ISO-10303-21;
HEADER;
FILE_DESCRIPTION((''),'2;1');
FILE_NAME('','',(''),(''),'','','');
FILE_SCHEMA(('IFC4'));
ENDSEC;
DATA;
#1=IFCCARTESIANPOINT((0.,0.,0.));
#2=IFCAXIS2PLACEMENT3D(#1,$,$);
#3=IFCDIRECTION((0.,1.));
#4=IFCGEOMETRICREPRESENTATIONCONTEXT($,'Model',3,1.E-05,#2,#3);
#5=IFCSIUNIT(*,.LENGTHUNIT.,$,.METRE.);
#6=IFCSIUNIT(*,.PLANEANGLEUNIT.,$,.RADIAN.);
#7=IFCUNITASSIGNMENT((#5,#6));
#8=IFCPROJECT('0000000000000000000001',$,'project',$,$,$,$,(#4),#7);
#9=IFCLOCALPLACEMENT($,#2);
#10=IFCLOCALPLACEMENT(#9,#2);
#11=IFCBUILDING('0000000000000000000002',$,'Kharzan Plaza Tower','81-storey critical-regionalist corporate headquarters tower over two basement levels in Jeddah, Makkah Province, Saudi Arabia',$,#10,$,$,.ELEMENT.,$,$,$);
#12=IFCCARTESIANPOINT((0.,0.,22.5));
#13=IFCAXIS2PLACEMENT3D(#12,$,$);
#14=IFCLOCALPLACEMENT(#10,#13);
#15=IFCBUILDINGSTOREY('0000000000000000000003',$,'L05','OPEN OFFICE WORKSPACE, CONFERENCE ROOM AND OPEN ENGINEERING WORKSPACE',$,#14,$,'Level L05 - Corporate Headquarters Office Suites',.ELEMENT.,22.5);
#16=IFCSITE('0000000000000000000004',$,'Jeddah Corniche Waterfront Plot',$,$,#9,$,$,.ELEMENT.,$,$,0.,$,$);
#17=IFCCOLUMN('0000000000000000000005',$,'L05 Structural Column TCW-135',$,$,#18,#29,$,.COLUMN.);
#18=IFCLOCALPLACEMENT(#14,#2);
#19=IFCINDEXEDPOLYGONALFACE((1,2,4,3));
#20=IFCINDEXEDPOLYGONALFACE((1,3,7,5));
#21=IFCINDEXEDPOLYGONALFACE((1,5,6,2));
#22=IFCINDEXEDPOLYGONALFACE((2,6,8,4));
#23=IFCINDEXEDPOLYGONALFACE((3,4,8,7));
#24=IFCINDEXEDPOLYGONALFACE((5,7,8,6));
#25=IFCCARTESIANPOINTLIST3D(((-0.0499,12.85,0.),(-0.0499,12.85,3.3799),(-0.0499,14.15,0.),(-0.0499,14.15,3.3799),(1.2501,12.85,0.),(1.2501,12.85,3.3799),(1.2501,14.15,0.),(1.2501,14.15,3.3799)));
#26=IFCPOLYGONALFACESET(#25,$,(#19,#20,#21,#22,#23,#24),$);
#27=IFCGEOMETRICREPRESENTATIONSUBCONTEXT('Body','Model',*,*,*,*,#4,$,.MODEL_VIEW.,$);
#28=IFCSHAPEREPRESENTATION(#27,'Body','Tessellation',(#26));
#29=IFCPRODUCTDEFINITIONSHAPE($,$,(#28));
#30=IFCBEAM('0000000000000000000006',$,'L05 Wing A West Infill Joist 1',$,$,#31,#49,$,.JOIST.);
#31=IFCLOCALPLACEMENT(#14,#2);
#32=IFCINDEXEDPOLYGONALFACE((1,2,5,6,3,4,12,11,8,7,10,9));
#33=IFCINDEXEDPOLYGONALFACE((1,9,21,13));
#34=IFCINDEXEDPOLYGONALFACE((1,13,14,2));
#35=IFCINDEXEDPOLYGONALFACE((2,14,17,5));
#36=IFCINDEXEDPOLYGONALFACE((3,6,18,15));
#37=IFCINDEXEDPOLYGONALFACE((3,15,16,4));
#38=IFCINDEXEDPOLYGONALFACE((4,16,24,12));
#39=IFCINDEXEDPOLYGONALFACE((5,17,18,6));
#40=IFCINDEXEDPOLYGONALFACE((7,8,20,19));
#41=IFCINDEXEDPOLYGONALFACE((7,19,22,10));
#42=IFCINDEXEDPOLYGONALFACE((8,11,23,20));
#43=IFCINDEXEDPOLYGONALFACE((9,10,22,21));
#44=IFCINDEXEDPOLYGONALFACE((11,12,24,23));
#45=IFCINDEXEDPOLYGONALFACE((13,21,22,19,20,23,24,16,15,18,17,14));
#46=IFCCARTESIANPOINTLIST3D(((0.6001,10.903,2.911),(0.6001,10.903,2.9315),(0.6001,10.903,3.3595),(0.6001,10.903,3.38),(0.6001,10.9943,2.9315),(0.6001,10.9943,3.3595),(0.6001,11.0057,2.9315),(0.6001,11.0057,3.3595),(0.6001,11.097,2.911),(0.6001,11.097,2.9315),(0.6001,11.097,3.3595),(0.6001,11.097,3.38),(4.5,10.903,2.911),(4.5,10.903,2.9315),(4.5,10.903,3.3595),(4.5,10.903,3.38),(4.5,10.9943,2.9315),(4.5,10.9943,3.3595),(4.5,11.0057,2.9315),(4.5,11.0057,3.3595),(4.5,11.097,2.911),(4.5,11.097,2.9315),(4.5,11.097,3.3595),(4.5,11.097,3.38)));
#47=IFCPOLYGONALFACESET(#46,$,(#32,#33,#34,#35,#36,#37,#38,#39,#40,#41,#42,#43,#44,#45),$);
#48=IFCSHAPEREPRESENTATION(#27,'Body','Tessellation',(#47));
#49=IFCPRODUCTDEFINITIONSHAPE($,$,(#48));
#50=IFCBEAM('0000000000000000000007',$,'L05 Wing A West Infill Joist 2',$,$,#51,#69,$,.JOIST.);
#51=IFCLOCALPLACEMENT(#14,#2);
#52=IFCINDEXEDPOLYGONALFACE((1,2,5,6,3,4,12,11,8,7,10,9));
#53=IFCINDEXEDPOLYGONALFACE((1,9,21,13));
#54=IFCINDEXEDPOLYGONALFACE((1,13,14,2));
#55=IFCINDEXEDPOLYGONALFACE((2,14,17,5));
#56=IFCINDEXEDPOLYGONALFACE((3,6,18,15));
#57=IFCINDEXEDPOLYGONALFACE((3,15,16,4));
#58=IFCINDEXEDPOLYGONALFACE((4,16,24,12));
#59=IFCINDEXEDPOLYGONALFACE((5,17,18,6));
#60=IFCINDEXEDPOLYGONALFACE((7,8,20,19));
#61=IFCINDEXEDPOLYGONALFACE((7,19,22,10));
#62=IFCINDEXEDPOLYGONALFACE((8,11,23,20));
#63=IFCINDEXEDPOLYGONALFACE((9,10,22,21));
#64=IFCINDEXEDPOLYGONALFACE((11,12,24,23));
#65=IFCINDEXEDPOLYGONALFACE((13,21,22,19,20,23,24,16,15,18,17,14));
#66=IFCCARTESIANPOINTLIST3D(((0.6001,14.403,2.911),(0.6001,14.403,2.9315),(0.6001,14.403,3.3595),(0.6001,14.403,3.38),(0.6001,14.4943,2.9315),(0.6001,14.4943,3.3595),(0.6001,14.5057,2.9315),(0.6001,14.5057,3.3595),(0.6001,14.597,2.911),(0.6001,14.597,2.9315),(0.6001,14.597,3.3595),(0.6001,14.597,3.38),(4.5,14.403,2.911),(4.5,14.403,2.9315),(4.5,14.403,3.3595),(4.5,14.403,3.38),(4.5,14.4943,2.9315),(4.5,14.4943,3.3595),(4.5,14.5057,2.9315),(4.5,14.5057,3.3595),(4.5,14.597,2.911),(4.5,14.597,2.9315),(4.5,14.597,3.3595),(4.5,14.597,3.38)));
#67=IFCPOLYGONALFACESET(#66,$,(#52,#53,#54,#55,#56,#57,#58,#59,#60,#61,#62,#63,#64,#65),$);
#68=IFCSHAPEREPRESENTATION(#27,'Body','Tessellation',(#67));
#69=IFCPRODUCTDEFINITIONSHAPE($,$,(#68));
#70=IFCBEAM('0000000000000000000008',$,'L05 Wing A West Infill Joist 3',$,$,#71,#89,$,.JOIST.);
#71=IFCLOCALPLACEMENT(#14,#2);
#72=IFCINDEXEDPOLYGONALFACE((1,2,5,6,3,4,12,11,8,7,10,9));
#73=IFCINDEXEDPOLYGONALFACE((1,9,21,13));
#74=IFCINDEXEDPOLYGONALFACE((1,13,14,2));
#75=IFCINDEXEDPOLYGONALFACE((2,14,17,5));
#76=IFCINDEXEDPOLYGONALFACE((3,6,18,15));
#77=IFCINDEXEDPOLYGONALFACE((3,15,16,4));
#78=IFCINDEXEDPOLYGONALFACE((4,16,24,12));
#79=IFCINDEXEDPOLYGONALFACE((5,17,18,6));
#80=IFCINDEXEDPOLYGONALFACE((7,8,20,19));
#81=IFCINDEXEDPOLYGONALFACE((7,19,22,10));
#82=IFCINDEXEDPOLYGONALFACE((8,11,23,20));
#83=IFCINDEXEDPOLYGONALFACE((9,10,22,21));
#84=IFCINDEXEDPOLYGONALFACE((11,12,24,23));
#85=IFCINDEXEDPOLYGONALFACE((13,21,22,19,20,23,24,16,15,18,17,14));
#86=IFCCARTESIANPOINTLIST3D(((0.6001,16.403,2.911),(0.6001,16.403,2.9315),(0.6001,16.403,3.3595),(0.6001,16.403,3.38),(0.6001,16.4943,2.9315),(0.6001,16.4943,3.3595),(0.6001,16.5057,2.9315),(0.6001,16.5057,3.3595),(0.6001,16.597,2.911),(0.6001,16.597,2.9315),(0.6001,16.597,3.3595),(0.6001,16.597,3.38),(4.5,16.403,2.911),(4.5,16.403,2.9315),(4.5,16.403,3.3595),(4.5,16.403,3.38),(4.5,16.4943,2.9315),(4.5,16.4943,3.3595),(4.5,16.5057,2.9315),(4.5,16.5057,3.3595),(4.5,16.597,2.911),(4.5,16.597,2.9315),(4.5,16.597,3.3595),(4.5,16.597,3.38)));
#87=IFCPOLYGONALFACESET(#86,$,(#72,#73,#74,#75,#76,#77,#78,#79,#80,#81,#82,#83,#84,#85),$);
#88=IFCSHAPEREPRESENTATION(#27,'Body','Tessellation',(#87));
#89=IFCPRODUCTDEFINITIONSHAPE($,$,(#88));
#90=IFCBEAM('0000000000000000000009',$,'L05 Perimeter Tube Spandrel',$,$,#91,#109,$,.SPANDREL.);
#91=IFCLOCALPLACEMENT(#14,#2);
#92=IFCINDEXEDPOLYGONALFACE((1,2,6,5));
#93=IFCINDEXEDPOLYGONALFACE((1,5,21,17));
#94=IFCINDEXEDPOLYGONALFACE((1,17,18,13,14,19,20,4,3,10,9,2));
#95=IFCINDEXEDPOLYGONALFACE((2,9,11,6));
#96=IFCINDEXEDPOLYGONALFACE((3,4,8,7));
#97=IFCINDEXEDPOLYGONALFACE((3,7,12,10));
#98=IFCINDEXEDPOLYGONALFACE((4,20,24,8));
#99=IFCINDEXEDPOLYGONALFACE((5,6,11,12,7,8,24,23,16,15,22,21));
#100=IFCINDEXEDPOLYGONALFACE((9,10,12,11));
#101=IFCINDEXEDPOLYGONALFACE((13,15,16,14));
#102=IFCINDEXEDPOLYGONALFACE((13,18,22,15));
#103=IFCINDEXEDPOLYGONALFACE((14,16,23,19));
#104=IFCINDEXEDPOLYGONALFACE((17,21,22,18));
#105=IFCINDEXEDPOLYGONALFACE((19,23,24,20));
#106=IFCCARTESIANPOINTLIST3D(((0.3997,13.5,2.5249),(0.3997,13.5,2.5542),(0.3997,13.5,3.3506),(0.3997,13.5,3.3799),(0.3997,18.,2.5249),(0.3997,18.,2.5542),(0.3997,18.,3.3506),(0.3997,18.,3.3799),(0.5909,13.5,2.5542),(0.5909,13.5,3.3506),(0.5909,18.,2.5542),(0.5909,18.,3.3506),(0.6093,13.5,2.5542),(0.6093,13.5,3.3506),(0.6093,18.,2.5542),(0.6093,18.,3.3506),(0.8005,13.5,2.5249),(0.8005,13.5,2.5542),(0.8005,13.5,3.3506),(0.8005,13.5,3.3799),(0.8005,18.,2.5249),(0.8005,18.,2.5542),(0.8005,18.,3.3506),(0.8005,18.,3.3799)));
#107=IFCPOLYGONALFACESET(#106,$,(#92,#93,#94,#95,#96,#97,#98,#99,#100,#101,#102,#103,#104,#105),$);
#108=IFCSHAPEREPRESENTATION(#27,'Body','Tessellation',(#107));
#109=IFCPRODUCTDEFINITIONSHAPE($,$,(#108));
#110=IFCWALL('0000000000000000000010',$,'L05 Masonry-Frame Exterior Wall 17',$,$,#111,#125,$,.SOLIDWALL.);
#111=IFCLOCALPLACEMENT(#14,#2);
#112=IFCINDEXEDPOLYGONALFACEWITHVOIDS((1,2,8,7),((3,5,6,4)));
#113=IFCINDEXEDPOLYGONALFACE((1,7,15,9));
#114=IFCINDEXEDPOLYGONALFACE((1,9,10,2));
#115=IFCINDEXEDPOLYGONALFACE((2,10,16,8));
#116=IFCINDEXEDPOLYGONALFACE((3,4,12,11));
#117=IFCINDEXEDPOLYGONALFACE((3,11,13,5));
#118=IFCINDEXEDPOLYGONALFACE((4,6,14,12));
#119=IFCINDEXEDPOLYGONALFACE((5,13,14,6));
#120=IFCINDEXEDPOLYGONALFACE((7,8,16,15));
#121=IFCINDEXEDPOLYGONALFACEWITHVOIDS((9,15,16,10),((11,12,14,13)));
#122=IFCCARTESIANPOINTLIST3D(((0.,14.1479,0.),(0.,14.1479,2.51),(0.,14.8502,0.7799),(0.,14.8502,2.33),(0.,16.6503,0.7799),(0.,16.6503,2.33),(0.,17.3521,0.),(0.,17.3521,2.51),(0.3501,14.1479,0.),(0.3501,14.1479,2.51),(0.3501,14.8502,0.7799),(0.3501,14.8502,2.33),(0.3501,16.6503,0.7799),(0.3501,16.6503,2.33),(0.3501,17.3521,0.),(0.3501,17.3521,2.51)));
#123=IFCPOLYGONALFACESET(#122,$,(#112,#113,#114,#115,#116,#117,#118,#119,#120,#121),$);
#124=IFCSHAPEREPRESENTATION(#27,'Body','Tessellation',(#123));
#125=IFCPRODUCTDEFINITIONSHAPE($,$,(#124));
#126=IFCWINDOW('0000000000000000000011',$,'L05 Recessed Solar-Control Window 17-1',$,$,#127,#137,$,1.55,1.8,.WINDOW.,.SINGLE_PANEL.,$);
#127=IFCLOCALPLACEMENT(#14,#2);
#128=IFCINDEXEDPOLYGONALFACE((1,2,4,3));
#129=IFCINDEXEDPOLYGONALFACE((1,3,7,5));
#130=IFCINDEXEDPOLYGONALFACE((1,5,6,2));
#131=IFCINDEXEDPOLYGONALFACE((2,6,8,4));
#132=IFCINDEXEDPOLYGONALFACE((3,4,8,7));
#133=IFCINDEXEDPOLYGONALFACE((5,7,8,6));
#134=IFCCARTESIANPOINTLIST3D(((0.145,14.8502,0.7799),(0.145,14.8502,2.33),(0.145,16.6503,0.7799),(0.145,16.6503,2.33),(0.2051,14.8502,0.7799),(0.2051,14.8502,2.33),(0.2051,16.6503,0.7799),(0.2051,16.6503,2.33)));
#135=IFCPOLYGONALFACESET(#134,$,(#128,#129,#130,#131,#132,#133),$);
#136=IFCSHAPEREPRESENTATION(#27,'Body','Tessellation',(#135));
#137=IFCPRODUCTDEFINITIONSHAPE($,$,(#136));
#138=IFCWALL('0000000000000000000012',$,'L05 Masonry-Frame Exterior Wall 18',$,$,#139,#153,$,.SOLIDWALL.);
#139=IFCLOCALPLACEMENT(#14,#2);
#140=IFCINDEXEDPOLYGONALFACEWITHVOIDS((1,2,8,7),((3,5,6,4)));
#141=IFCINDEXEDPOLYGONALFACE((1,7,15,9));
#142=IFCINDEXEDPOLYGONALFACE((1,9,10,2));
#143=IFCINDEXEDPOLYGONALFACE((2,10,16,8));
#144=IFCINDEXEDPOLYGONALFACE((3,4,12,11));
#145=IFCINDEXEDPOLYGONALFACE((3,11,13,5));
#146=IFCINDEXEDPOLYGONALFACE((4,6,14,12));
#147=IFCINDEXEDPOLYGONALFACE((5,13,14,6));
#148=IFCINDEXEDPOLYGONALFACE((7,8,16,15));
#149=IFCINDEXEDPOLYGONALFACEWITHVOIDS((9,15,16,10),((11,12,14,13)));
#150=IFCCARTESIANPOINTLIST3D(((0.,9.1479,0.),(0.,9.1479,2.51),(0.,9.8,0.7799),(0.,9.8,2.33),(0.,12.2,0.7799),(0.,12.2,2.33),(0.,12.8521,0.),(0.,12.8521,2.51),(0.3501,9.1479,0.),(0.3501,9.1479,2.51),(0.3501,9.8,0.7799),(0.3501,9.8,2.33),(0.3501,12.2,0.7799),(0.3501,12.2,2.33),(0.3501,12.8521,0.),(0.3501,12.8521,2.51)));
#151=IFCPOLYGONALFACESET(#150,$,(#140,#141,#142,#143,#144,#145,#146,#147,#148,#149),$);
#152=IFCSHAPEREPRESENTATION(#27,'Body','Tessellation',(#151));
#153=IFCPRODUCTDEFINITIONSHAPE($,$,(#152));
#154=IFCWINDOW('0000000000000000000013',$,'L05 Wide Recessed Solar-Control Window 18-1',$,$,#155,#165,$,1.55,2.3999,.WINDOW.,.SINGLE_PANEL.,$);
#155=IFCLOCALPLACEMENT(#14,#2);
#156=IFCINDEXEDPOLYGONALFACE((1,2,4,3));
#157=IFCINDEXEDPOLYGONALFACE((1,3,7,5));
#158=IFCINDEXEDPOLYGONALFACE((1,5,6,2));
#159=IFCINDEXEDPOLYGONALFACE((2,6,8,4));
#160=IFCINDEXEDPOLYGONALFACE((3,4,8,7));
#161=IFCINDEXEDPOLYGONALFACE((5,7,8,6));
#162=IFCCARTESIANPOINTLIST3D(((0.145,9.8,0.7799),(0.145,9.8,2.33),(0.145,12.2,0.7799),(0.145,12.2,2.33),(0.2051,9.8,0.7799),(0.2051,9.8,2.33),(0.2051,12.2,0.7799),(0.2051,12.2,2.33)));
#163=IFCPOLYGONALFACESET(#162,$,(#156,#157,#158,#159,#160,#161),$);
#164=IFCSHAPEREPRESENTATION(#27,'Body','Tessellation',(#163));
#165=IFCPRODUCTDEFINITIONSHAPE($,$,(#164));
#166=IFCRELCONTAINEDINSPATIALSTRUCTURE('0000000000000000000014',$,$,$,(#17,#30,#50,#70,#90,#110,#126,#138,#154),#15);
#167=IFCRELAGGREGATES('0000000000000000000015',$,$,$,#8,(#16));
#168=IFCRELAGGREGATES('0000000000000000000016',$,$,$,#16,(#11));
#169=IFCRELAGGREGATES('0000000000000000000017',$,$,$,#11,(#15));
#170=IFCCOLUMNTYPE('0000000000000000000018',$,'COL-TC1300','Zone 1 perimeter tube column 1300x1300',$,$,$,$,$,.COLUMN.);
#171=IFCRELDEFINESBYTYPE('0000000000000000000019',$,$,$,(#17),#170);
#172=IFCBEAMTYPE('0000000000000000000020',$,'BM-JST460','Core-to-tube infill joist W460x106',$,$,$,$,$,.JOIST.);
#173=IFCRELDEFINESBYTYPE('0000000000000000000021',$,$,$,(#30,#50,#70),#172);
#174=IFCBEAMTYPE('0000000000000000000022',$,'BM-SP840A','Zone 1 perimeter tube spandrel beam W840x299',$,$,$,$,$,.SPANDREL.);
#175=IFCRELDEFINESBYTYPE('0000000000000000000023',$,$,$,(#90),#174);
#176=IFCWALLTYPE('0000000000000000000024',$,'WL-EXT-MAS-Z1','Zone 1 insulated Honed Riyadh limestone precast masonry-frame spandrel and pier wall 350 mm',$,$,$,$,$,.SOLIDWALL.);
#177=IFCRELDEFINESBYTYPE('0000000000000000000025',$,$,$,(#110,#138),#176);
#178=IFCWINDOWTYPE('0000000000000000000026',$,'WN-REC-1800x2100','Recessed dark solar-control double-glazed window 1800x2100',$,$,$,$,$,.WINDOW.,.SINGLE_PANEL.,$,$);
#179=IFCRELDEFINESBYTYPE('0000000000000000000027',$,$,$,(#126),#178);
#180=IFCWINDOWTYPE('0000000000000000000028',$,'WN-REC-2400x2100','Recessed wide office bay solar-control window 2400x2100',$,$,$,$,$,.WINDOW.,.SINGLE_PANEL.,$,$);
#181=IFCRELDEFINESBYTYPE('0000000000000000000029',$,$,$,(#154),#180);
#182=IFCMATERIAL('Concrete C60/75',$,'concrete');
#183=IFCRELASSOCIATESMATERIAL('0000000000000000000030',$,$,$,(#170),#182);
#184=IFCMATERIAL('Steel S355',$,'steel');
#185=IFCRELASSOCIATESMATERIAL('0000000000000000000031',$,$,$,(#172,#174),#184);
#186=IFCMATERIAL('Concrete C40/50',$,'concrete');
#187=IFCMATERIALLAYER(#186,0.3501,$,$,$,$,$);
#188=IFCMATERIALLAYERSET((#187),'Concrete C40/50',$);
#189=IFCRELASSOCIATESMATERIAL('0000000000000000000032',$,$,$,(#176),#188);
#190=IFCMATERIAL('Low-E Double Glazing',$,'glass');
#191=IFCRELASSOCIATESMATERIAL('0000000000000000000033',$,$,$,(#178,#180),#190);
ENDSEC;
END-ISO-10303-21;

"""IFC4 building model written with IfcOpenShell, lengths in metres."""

from ifc_helpers import new_model, si_unit, direction, frame, frame_2d, origin, origin_2d, place, context, subcontext, project, spatial, rectangle, i_section, extrude, source, transform, mapped, material, layer, layer_set, material_profile, profile_set, type_object, element, fill, save


model = new_model("IFC4")

# Units and contexts
model_context = context("Model", 3, precision=1e-05, world=origin(), true_north=direction((0.0, 1.0)))
body_context = subcontext(model_context, "Body", "Model", "MODEL_VIEW")
ifc_project = project(units=[si_unit("LENGTHUNIT", "METRE"), si_unit("PLANEANGLEUNIT", "RADIAN")], contexts=[model_context])

# Site, building, storey
site_placement = place(None, origin())
site = spatial("IfcSite", under=ifc_project, at=site_placement, Name="Jeddah Corniche Waterfront Plot", CompositionType="ELEMENT", RefElevation=0.0)
building_placement = place(site_placement, origin())
building = spatial("IfcBuilding", under=site, at=building_placement, Name="Kharzan Plaza Tower", Description="81-storey critical-regionalist corporate headquarters tower over two basement levels in Jeddah, Makkah Province, Saudi Arabia", CompositionType="ELEMENT")
storey_placement = place(building_placement, frame((0.0, 0.0, 22.5)))
storey = spatial("IfcBuildingStorey", under=building, at=storey_placement, Name="L05", Description="OPEN OFFICE WORKSPACE, CONFERENCE ROOM AND OPEN ENGINEERING WORKSPACE", LongName="Level L05 - Corporate Headquarters Office Suites", CompositionType="ELEMENT", Elevation=22.5)

# Column
ifc_material_1 = material(Name="Concrete C60/75", Category="concrete")
ifc_material_profile_1 = material_profile(ifc_material_1, rectangle(XDim=1.3, YDim=1.3, at=origin_2d()), Name="RC-TC1300x1300")
ifc_profile_set_1 = profile_set([ifc_material_profile_1], Name="Concrete C60/75")
column_type = type_object("IfcColumnType", Name="COL-TC1300", Description="Zone 1 perimeter tube column 1300x1300", PredefinedType="COLUMN", material=ifc_profile_set_1)
shared_shape_1 = source(origin(), body_context, "Body", "SweptSolid", [
    extrude(rectangle(XDim=1.3, YDim=1.3, at=origin_2d()), origin(), (0.0, 0.0, 1.0), 3.3799),
])
column_placement = place(storey_placement, frame((0.6001, 13.5, 0.0), z_axis=(0.0, 0.0, 1.0), x_axis=(1.0, 0.0, 0.0)))
element("IfcColumn", 1, at=column_placement, inside=storey, type_object=column_type, Name="L05 Structural Column TCW-135", PredefinedType="COLUMN", context=body_context, shape_type="MappedRepresentation", body=[
    mapped(shared_shape_1, transform((0.0, 0.0, 0.0), x_axis=(1.0, 0.0, 0.0), y_axis=(0.0, 1.0, 0.0), z_axis=(0.0, 0.0, 1.0))),
])

# Beams
ifc_material_2 = material(Name="Steel S355", Category="steel")
ifc_material_profile_2 = material_profile(ifc_material_2, i_section(OverallWidth=0.1941, OverallDepth=0.469, WebThickness=0.0115, FlangeThickness=0.0205, at=origin_2d()), Name="W460x106")
ifc_profile_set_2 = profile_set([ifc_material_profile_2], Name="Steel S355")
beam_type_1 = type_object("IfcBeamType", Name="BM-JST460", Description="Core-to-tube infill joist W460x106", PredefinedType="JOIST", material=ifc_profile_set_2)
shared_shape_2 = source(origin(), body_context, "Body", "SweptSolid", [
    extrude(i_section(OverallWidth=0.1941, OverallDepth=0.469, WebThickness=0.0115, FlangeThickness=0.0205, at=origin_2d()), origin(), (0.0, 0.0, 1.0), 3.8999),
])
for number, where, z_axis, x_axis, name in (
    (2, (0.6001, 11.0, 3.1455), (1.0, 0.0, 0.0), (0.0, 1.0, 0.0), "L05 Wing A West Infill Joist 1"),
    (3, (0.6001, 14.5, 3.1455), (1.0, 0.0, 0.0), (0.0, 1.0, 0.0), "L05 Wing A West Infill Joist 2"),
    (4, (0.6001, 16.5, 3.1455), (1.0, 0.0, 0.0), (0.0, 1.0, 0.0), "L05 Wing A West Infill Joist 3"),
):
    element("IfcBeam", number, at=place(storey_placement, frame(where, z_axis=z_axis, x_axis=x_axis)), inside=storey, type_object=beam_type_1, Name=name, PredefinedType="JOIST", context=body_context, shape_type="MappedRepresentation", body=[
        mapped(shared_shape_2, transform((0.0, 0.0, 0.0), x_axis=(1.0, 0.0, 0.0), y_axis=(0.0, 1.0, 0.0), z_axis=(0.0, 0.0, 1.0))),
    ])
ifc_material_profile_3 = material_profile(ifc_material_2, i_section(OverallWidth=0.4009, OverallDepth=0.855, WebThickness=0.0183, FlangeThickness=0.0293, at=origin_2d()), Name="W840x299")
ifc_profile_set_3 = profile_set([ifc_material_profile_3], Name="Steel S355")
beam_type_2 = type_object("IfcBeamType", Name="BM-SP840A", Description="Zone 1 perimeter tube spandrel beam W840x299", PredefinedType="SPANDREL", material=ifc_profile_set_3)
shared_shape_3 = source(origin(), body_context, "Body", "SweptSolid", [
    extrude(i_section(OverallWidth=0.4009, OverallDepth=0.855, WebThickness=0.0183, FlangeThickness=0.0293, at=origin_2d()), origin(), (0.0, 0.0, 1.0), 4.5),
])
beam_placement = place(storey_placement, frame((0.6001, 13.5, 2.9524), z_axis=(0.0, 1.0, 0.0), x_axis=(-1.0, 0.0, 0.0)))
element("IfcBeam", 5, at=beam_placement, inside=storey, type_object=beam_type_2, Name="L05 Perimeter Tube Spandrel", PredefinedType="SPANDREL", context=body_context, shape_type="MappedRepresentation", body=[
    mapped(shared_shape_3, transform((0.0, 0.0, 0.0), x_axis=(1.0, 0.0, 0.0), y_axis=(0.0, 1.0, 0.0), z_axis=(0.0, 0.0, 1.0))),
])

# Walls, openings, windows
ifc_material_3 = material(Name="Concrete C40/50", Category="concrete")
ifc_layer_1 = layer(ifc_material_3, 0.3501)
ifc_layer_set_1 = layer_set([ifc_layer_1], Name="Concrete C40/50")
wall_type_1 = type_object("IfcWallType", Name="WL-EXT-MAS-Z1", Description="Zone 1 insulated Honed Riyadh limestone precast masonry-frame spandrel and pier wall 350 mm", PredefinedType="SOLIDWALL", material=ifc_layer_set_1)
wall_1_placement = place(storey_placement, frame((0.175, 17.3521, 0.0), z_axis=(0.0, 0.0, 1.0), x_axis=(0.0, -1.0, 0.0)))
wall_1 = element("IfcWall", 6, at=wall_1_placement, inside=storey, type_object=wall_type_1, Name="L05 Masonry-Frame Exterior Wall 17", PredefinedType="SOLIDWALL", context=body_context, shape_type="SweptSolid", body=[
    extrude(rectangle(XDim=3.2041, YDim=0.3501, at=frame_2d((1.6021, 0.0))), origin(), (0.0, 0.0, 1.0), 2.51),
])
opening_1_placement = place(wall_1_placement, frame((0.7019, 0.0, 0.78)))
opening_1 = element("IfcOpeningElement", 7, at=opening_1_placement, cuts=wall_1, PredefinedType="OPENING", context=body_context, shape_type="SweptSolid", body=[
    extrude(rectangle(XDim=1.8, YDim=1.55, at=frame_2d((0.8999, 0.7749))), frame((0.0, 0.1851, 0.0), z_axis=(0.0, -1.0, 0.0), x_axis=(1.0, 0.0, 0.0)), (0.0, 0.0, 1.0), 0.3701),
])
ifc_material_4 = material(Name="Low-E Double Glazing", Category="glass")
window_type_1 = type_object("IfcWindowType", Name="WN-REC-1800x2100", Description="Recessed dark solar-control double-glazed window 1800x2100", PartitioningType="SINGLE_PANEL", PredefinedType="WINDOW", material=ifc_material_4)
shared_shape_4 = source(origin(), body_context, "Body", "SweptSolid", [
    extrude(rectangle(XDim=1.8, YDim=1.55, at=frame_2d((0.8999, 0.7749))), frame((0.0, 0.03, 0.0), z_axis=(0.0, -1.0, 0.0), x_axis=(1.0, 0.0, 0.0)), (0.0, 0.0, 1.0), 0.0601),
])
window_1_placement = place(opening_1_placement, origin())
window_1 = element("IfcWindow", 8, at=window_1_placement, inside=storey, type_object=window_type_1, Name="L05 Recessed Solar-Control Window 17-1", OverallHeight=1.55, OverallWidth=1.8, PartitioningType="SINGLE_PANEL", PredefinedType="WINDOW", context=body_context, shape_type="MappedRepresentation", body=[
    mapped(shared_shape_4, transform((0.0, 0.0, 0.0), x_axis=(1.0, 0.0, 0.0), y_axis=(0.0, 1.0, 0.0), z_axis=(0.0, 0.0, 1.0))),
])
fill(opening_1, window_1)
wall_2_placement = place(storey_placement, frame((0.175, 12.8521, 0.0), z_axis=(0.0, 0.0, 1.0), x_axis=(0.0, -1.0, 0.0)))
wall_2 = element("IfcWall", 9, at=wall_2_placement, inside=storey, type_object=wall_type_1, Name="L05 Masonry-Frame Exterior Wall 18", PredefinedType="SOLIDWALL", context=body_context, shape_type="SweptSolid", body=[
    extrude(rectangle(XDim=3.7041, YDim=0.3501, at=frame_2d((1.8521, 0.0))), origin(), (0.0, 0.0, 1.0), 2.51),
])
opening_2_placement = place(wall_2_placement, frame((0.6521, 0.0, 0.78)))
opening_2 = element("IfcOpeningElement", 10, at=opening_2_placement, cuts=wall_2, PredefinedType="OPENING", context=body_context, shape_type="SweptSolid", body=[
    extrude(rectangle(XDim=2.3999, YDim=1.55, at=frame_2d((1.2, 0.7749))), frame((0.0, 0.1851, 0.0), z_axis=(0.0, -1.0, 0.0), x_axis=(1.0, 0.0, 0.0)), (0.0, 0.0, 1.0), 0.3701),
])
window_type_2 = type_object("IfcWindowType", Name="WN-REC-2400x2100", Description="Recessed wide office bay solar-control window 2400x2100", PartitioningType="SINGLE_PANEL", PredefinedType="WINDOW", material=ifc_material_4)
shared_shape_5 = source(origin(), body_context, "Body", "SweptSolid", [
    extrude(rectangle(XDim=2.3999, YDim=1.55, at=frame_2d((1.2, 0.7749))), frame((0.0, 0.03, 0.0), z_axis=(0.0, -1.0, 0.0), x_axis=(1.0, 0.0, 0.0)), (0.0, 0.0, 1.0), 0.0601),
])
window_2_placement = place(opening_2_placement, origin())
window_2 = element("IfcWindow", 11, at=window_2_placement, inside=storey, type_object=window_type_2, Name="L05 Wide Recessed Solar-Control Window 18-1", OverallHeight=1.55, OverallWidth=2.3999, PartitioningType="SINGLE_PANEL", PredefinedType="WINDOW", context=body_context, shape_type="MappedRepresentation", body=[
    mapped(shared_shape_5, transform((0.0, 0.0, 0.0), x_axis=(1.0, 0.0, 0.0), y_axis=(0.0, 1.0, 0.0), z_axis=(0.0, 0.0, 1.0))),
])
fill(opening_2, window_2)

save(model, "model.ifc")
